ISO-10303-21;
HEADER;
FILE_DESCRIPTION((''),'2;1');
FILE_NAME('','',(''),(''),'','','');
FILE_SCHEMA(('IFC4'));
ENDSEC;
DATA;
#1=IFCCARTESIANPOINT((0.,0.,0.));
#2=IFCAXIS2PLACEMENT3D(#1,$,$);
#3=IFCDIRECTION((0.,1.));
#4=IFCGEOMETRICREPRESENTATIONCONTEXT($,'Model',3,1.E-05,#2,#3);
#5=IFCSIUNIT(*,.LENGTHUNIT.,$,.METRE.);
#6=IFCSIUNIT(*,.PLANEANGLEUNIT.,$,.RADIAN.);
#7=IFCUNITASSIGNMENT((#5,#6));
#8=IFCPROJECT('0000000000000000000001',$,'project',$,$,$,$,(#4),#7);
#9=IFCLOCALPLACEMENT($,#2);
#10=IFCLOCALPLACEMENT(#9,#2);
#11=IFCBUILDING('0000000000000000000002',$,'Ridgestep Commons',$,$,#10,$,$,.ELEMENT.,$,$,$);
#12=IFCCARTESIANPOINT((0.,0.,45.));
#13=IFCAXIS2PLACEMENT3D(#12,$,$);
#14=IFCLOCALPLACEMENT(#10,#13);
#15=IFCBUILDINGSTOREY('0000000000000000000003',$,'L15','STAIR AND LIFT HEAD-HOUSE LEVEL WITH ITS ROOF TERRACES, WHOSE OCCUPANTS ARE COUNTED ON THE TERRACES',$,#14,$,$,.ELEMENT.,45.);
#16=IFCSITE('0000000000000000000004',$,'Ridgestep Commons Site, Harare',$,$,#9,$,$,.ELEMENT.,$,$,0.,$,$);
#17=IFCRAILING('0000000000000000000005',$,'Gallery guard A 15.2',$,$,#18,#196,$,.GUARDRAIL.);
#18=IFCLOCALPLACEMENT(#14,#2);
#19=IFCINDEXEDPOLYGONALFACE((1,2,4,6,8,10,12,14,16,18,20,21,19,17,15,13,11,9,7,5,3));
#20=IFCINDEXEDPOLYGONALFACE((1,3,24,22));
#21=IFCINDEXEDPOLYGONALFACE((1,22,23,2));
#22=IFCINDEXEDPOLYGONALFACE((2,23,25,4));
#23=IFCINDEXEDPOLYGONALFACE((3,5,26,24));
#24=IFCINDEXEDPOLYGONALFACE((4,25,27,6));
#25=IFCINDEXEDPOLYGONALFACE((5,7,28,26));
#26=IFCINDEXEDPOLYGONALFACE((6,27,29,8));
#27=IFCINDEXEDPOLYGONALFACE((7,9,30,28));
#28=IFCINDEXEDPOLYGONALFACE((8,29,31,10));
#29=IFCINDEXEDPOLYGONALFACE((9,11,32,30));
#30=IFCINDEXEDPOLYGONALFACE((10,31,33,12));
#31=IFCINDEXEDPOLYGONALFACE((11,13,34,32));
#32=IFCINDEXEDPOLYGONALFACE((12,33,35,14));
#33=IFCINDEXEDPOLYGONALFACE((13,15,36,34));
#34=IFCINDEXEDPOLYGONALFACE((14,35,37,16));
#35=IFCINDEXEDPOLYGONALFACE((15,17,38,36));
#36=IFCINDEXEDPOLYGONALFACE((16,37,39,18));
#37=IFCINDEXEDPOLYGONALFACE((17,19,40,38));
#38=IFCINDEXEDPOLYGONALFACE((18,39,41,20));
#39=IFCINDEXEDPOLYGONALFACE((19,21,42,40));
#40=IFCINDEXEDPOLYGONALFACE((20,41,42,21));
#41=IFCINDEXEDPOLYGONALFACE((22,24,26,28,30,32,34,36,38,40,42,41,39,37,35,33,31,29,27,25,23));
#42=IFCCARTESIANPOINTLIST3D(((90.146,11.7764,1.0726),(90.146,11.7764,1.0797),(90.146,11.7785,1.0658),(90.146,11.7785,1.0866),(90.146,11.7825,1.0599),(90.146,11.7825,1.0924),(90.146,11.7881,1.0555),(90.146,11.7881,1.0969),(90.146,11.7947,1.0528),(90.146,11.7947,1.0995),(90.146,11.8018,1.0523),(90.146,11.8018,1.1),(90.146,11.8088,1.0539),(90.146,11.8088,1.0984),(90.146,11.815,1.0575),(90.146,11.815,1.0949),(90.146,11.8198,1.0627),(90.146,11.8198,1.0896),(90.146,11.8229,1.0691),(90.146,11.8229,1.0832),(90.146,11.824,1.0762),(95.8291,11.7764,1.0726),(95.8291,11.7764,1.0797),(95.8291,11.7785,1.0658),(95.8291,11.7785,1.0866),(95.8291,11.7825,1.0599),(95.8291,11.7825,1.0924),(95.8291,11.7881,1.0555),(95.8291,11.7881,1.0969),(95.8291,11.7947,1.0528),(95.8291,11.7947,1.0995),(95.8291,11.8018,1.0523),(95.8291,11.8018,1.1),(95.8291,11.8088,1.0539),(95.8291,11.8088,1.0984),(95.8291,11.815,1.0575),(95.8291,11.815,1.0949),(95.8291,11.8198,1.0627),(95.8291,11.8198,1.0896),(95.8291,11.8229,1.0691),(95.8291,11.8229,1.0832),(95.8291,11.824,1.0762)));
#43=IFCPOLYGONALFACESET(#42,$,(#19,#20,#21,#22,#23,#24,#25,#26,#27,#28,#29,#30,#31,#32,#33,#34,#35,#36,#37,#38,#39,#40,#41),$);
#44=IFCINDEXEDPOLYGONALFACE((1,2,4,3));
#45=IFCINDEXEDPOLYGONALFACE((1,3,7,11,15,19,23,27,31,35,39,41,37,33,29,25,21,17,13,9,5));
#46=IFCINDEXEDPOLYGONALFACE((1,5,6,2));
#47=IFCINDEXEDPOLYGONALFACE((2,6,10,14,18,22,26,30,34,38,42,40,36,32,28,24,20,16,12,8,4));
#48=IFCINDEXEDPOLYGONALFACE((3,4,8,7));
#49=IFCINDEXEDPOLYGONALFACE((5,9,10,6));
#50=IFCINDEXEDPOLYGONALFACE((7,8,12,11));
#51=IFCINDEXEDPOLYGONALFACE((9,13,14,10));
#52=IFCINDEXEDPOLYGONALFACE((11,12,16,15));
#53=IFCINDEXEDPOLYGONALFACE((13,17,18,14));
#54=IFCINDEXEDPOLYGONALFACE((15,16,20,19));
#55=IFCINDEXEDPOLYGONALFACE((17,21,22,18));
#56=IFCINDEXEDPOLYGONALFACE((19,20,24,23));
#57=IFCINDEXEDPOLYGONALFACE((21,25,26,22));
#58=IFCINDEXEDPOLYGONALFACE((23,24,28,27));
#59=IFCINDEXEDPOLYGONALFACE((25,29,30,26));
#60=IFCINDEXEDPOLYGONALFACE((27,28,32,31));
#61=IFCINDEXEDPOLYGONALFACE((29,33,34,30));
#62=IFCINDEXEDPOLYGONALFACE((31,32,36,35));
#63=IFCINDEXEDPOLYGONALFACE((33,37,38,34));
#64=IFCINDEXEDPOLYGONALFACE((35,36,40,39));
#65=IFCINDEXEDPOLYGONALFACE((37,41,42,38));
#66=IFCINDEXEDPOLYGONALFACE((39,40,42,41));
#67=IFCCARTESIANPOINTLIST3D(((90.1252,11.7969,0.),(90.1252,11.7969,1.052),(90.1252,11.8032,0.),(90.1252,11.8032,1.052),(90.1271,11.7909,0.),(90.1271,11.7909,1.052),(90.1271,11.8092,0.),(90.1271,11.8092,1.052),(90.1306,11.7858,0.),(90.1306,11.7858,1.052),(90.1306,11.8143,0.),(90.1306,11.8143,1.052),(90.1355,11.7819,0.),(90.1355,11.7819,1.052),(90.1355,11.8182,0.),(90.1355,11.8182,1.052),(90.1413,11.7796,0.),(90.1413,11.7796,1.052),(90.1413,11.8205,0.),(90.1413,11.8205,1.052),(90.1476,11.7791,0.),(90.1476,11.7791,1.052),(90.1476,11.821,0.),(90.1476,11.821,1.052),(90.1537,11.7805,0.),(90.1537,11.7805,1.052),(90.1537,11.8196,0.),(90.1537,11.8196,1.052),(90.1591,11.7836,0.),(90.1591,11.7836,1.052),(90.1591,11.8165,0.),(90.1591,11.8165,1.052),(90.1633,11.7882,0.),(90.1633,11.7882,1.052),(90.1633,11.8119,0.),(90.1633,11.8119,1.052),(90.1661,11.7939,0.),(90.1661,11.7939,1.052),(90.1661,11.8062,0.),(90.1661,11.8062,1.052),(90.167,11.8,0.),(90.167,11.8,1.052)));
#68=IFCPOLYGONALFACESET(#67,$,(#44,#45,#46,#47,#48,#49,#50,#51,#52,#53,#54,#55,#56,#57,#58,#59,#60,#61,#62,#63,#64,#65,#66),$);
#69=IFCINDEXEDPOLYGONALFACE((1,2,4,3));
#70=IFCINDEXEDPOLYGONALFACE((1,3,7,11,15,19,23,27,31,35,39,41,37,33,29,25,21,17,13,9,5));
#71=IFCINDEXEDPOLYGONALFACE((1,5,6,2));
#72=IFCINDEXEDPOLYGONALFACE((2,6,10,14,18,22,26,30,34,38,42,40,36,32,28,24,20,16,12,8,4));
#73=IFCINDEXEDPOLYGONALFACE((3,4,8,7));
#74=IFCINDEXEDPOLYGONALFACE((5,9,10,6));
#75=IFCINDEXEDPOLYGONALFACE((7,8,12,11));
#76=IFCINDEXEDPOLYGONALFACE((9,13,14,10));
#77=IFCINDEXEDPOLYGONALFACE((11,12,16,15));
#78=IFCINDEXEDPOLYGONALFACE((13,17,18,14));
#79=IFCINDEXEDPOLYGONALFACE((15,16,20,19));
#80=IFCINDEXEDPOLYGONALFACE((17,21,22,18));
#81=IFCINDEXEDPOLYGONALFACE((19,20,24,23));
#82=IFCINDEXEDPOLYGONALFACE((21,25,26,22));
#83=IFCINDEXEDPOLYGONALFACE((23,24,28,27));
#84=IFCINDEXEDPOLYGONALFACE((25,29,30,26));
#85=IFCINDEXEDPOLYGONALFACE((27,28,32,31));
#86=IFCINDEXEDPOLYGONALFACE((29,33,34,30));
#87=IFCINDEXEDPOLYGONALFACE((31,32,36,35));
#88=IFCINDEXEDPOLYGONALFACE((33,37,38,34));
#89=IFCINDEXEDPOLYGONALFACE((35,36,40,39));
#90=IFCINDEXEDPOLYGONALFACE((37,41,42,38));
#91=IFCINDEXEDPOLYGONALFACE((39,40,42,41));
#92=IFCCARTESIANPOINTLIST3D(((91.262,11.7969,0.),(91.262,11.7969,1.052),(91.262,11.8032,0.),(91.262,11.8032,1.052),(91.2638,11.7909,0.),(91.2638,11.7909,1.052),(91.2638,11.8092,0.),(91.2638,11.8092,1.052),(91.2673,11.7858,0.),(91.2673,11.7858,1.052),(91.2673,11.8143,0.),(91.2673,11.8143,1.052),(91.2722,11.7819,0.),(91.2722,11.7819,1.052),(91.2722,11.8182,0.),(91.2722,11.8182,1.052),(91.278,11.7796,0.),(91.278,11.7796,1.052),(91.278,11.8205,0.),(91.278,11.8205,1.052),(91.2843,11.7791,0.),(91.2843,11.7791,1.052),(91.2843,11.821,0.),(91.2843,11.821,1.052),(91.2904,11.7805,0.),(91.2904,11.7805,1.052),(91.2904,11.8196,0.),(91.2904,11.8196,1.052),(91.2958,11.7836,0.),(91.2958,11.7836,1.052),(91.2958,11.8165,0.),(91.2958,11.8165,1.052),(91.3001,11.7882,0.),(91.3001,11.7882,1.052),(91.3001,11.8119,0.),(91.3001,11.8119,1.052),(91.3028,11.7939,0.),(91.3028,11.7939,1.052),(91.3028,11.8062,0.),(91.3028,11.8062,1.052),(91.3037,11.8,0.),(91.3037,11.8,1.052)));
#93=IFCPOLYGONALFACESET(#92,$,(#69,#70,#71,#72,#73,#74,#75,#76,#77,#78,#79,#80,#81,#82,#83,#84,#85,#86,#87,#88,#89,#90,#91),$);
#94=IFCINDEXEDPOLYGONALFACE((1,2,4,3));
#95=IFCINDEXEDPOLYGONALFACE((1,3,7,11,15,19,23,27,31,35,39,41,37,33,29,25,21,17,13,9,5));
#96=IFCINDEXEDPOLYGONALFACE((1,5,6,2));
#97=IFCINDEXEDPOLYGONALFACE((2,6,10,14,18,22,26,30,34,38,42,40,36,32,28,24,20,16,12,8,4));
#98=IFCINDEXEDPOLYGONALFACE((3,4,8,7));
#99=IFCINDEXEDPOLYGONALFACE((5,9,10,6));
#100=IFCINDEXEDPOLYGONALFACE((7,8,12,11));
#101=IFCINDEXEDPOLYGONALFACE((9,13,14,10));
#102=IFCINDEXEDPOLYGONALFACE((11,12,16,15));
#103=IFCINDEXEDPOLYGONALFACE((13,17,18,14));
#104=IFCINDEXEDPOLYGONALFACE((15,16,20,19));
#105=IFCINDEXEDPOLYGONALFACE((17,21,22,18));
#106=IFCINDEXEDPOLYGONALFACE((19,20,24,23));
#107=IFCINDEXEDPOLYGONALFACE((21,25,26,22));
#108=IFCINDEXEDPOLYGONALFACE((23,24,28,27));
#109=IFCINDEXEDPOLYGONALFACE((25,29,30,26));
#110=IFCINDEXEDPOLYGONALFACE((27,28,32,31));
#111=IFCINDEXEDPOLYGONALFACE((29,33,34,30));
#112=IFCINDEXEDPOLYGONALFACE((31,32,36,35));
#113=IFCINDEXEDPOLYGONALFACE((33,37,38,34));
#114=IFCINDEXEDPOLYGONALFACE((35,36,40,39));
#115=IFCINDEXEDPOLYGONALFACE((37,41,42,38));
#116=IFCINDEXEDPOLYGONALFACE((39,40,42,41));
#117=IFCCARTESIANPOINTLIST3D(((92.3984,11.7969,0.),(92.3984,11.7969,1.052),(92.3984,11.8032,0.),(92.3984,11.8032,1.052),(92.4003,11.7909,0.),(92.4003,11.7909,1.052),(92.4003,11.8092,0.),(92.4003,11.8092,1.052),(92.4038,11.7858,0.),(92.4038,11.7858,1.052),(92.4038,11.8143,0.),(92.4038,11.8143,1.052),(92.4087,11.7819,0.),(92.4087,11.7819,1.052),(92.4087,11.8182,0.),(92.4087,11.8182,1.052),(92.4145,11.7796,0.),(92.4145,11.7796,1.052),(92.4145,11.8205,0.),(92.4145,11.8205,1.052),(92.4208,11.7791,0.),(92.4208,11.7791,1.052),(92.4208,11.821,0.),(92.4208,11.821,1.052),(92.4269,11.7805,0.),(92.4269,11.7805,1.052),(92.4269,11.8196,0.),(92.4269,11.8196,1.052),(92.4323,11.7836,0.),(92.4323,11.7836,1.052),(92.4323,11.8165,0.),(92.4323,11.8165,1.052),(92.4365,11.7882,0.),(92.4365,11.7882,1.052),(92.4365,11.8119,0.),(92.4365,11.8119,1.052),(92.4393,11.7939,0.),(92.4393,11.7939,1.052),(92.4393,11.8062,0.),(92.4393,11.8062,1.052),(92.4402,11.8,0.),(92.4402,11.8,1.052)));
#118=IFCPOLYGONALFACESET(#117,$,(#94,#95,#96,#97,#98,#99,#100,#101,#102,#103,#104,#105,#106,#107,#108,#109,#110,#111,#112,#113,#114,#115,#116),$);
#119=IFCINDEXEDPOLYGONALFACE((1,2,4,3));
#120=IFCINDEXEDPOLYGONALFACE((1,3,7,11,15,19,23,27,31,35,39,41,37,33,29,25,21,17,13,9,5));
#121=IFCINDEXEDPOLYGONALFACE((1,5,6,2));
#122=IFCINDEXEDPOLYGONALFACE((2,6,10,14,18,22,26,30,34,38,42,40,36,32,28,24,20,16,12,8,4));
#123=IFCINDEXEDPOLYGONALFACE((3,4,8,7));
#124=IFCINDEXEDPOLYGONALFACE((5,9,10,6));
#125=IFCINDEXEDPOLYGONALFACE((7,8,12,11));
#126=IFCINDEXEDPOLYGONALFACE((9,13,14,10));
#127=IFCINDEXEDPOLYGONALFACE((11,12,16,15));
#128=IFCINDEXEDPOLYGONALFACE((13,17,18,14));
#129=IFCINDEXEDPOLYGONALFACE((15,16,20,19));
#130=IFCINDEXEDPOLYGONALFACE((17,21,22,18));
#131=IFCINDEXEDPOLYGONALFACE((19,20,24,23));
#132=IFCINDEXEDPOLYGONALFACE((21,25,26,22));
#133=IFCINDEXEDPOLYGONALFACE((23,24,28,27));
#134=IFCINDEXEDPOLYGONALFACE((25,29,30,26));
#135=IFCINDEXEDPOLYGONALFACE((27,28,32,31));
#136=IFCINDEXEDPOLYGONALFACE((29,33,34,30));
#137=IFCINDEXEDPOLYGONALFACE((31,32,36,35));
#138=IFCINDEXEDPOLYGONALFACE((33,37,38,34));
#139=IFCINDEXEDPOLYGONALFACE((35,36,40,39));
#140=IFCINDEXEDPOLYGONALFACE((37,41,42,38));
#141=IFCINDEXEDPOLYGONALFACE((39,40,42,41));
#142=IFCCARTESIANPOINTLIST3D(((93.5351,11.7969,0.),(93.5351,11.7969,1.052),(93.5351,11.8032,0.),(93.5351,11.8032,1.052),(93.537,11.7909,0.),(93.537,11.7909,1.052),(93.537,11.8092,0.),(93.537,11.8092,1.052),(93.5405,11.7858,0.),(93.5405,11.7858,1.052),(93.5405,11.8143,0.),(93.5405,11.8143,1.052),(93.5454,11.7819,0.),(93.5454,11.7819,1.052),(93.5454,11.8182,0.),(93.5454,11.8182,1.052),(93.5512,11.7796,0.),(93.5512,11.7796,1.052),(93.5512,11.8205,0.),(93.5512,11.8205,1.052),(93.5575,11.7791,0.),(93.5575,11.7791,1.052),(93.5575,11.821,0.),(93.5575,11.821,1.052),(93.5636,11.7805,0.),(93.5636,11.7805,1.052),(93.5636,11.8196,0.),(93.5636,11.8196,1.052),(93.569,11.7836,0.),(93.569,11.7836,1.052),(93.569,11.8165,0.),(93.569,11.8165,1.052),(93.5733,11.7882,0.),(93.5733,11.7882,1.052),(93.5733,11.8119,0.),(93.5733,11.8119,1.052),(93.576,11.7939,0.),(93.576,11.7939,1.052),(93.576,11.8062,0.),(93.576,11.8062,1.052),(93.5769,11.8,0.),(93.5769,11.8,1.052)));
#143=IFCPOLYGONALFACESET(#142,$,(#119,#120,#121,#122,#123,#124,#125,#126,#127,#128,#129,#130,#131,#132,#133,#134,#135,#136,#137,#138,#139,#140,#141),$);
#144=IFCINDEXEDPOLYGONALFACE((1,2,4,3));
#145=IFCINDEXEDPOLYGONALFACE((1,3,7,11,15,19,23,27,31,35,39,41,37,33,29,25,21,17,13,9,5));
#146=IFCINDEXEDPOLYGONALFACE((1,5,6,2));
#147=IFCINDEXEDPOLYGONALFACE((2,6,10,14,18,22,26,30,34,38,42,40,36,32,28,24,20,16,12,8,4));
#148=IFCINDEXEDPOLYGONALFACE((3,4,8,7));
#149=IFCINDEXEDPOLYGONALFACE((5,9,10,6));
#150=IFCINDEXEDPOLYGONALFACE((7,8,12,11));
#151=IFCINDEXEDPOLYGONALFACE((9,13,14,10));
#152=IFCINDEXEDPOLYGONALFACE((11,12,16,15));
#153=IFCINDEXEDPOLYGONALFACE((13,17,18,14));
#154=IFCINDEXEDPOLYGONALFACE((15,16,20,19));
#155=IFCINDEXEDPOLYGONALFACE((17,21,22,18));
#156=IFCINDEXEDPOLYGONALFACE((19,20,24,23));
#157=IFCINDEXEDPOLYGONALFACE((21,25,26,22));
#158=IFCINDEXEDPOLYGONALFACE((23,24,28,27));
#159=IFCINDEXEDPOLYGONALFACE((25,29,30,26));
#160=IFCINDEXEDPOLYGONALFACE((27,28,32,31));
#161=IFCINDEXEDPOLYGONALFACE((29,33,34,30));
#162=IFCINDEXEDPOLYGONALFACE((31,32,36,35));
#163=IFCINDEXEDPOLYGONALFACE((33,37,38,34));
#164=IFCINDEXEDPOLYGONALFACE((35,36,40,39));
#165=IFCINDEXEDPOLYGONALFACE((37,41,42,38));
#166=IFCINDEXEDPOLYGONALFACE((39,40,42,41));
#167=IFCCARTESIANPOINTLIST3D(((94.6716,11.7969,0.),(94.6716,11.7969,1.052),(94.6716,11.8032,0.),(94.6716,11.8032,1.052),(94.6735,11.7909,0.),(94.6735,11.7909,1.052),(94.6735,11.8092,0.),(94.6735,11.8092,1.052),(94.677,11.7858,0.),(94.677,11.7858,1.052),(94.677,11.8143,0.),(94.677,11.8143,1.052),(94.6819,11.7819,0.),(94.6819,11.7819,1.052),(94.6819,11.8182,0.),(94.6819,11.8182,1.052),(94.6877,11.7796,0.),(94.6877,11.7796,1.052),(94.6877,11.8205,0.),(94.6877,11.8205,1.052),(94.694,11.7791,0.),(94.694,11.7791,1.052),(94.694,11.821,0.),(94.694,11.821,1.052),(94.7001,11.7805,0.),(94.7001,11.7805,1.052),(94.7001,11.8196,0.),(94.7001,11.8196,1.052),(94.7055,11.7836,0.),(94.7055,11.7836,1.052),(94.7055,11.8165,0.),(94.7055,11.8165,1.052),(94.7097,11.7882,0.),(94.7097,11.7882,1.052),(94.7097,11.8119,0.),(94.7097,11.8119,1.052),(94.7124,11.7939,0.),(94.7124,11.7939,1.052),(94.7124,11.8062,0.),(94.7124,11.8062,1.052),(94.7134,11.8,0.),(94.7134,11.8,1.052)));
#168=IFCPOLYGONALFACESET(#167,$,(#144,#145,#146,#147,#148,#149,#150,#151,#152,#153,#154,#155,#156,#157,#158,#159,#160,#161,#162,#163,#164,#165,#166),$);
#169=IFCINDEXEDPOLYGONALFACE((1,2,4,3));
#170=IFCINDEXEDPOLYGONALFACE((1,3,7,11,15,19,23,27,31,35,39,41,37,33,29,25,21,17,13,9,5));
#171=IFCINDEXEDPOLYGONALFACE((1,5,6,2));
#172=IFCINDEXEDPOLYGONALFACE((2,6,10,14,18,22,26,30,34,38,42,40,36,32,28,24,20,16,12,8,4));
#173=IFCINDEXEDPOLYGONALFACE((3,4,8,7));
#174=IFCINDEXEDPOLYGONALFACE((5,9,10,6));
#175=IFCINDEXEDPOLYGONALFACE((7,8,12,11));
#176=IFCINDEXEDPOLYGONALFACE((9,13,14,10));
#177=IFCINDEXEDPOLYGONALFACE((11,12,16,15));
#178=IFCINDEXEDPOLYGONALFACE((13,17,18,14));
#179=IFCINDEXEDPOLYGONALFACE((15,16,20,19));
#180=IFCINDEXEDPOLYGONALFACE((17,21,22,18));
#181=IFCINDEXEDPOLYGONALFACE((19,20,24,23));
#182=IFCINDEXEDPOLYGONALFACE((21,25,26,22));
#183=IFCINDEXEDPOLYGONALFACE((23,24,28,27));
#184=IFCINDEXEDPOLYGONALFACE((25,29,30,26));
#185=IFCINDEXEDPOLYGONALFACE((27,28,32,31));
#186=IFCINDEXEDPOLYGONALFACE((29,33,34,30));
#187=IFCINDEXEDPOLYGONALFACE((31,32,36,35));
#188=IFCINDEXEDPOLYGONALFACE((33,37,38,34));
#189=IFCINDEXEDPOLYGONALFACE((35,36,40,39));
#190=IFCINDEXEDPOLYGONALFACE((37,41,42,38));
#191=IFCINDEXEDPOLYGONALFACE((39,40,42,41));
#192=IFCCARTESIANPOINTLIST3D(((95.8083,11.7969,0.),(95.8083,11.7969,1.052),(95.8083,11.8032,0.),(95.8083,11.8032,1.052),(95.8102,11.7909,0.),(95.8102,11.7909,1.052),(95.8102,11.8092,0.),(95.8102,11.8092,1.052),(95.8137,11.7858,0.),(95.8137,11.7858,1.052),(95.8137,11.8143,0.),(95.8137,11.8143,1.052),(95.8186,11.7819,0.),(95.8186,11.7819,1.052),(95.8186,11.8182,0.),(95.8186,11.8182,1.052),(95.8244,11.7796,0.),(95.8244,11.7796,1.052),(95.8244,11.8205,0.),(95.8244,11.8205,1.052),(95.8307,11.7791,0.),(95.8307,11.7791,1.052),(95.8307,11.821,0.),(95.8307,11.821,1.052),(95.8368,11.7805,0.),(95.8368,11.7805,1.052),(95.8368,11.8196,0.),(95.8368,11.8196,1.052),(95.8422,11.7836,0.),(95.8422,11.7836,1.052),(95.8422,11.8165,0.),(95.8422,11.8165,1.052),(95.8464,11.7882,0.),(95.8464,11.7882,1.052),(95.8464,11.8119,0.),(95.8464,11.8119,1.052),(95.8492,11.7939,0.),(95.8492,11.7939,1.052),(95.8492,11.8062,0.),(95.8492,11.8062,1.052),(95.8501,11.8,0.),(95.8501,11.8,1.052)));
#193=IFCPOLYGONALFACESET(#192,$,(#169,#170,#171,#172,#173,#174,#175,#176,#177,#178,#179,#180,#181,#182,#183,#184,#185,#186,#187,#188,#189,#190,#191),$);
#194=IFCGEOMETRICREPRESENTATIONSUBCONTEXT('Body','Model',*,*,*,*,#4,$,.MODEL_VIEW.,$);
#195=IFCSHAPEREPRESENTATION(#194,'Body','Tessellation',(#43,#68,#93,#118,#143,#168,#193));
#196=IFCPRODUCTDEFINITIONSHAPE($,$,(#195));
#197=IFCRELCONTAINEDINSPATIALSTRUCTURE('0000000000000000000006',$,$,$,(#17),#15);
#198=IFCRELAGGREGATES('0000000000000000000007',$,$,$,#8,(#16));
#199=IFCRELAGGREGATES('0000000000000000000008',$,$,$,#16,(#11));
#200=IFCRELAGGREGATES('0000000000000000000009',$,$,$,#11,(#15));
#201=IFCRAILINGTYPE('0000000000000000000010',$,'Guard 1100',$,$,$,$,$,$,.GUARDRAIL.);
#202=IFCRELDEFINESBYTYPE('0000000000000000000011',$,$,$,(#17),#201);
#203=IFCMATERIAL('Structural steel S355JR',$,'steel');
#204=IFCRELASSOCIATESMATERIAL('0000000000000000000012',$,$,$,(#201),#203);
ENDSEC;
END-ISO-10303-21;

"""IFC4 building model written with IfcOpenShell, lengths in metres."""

from ifc_helpers import new_model, si_unit, direction, frame, origin, origin_2d, place, context, subcontext, project, spatial, circle, extrude, material, type_object, element, save


model = new_model("IFC4")

# Units and contexts
model_context = context("Model", 3, precision=1e-05, world=origin(), true_north=direction((0.0, 1.0)))
body_context = subcontext(model_context, "Body", "Model", "MODEL_VIEW")
ifc_project = project(units=[si_unit("LENGTHUNIT", "METRE"), si_unit("PLANEANGLEUNIT", "RADIAN")], contexts=[model_context])

# Site, building, storey
site_placement = place(None, origin())
site = spatial("IfcSite", under=ifc_project, at=site_placement, Name="Ridgestep Commons Site, Harare", CompositionType="ELEMENT", RefElevation=0.0)
building_placement = place(site_placement, origin())
building = spatial("IfcBuilding", under=site, at=building_placement, Name="Ridgestep Commons", CompositionType="ELEMENT")
storey_placement = place(building_placement, frame((0.0, 0.0, 45.0)))
storey = spatial("IfcBuildingStorey", under=building, at=storey_placement, Name="L15", Description="STAIR AND LIFT HEAD-HOUSE LEVEL WITH ITS ROOF TERRACES, WHOSE OCCUPANTS ARE COUNTED ON THE TERRACES", CompositionType="ELEMENT", Elevation=45.0)

# Railing
ifc_material_1 = material(Name="Structural steel S355JR", Category="steel")
railing_type = type_object("IfcRailingType", Name="Guard 1100", PredefinedType="GUARDRAIL", material=ifc_material_1)
railing_1_placement = place(storey_placement, frame((90.146, 11.8, 0.0)))
element("IfcRailing", 1, at=railing_1_placement, inside=storey, type_object=railing_type, Name="Gallery guard A 15.2", PredefinedType="GUARDRAIL", context=body_context, shape_type="SweptSolid", body=[
    extrude(circle(Radius=0.0239, at=origin_2d()), frame((0.0, 0.0, 1.0762), z_axis=(1.0, 0.0, 0.0), x_axis=(0.0, 1.0, 0.0)), (0.0, 0.0, 1.0), 5.6831),
    extrude(circle(Radius=0.021, at=origin_2d()), origin(), (0.0, 0.0, 1.0), 1.052),
    extrude(circle(Radius=0.021, at=origin_2d()), frame((1.1367, 0.0, 0.0)), (0.0, 0.0, 1.0), 1.052),
    extrude(circle(Radius=0.021, at=origin_2d()), frame((2.2732, 0.0, 0.0)), (0.0, 0.0, 1.0), 1.052),
    extrude(circle(Radius=0.021, at=origin_2d()), frame((3.4099, 0.0, 0.0)), (0.0, 0.0, 1.0), 1.052),
    extrude(circle(Radius=0.021, at=origin_2d()), frame((4.5464, 0.0, 0.0)), (0.0, 0.0, 1.0), 1.052),
    extrude(circle(Radius=0.021, at=origin_2d()), frame((5.6831, 0.0, 0.0)), (0.0, 0.0, 1.0), 1.052),
])

save(model, "model.ifc")
